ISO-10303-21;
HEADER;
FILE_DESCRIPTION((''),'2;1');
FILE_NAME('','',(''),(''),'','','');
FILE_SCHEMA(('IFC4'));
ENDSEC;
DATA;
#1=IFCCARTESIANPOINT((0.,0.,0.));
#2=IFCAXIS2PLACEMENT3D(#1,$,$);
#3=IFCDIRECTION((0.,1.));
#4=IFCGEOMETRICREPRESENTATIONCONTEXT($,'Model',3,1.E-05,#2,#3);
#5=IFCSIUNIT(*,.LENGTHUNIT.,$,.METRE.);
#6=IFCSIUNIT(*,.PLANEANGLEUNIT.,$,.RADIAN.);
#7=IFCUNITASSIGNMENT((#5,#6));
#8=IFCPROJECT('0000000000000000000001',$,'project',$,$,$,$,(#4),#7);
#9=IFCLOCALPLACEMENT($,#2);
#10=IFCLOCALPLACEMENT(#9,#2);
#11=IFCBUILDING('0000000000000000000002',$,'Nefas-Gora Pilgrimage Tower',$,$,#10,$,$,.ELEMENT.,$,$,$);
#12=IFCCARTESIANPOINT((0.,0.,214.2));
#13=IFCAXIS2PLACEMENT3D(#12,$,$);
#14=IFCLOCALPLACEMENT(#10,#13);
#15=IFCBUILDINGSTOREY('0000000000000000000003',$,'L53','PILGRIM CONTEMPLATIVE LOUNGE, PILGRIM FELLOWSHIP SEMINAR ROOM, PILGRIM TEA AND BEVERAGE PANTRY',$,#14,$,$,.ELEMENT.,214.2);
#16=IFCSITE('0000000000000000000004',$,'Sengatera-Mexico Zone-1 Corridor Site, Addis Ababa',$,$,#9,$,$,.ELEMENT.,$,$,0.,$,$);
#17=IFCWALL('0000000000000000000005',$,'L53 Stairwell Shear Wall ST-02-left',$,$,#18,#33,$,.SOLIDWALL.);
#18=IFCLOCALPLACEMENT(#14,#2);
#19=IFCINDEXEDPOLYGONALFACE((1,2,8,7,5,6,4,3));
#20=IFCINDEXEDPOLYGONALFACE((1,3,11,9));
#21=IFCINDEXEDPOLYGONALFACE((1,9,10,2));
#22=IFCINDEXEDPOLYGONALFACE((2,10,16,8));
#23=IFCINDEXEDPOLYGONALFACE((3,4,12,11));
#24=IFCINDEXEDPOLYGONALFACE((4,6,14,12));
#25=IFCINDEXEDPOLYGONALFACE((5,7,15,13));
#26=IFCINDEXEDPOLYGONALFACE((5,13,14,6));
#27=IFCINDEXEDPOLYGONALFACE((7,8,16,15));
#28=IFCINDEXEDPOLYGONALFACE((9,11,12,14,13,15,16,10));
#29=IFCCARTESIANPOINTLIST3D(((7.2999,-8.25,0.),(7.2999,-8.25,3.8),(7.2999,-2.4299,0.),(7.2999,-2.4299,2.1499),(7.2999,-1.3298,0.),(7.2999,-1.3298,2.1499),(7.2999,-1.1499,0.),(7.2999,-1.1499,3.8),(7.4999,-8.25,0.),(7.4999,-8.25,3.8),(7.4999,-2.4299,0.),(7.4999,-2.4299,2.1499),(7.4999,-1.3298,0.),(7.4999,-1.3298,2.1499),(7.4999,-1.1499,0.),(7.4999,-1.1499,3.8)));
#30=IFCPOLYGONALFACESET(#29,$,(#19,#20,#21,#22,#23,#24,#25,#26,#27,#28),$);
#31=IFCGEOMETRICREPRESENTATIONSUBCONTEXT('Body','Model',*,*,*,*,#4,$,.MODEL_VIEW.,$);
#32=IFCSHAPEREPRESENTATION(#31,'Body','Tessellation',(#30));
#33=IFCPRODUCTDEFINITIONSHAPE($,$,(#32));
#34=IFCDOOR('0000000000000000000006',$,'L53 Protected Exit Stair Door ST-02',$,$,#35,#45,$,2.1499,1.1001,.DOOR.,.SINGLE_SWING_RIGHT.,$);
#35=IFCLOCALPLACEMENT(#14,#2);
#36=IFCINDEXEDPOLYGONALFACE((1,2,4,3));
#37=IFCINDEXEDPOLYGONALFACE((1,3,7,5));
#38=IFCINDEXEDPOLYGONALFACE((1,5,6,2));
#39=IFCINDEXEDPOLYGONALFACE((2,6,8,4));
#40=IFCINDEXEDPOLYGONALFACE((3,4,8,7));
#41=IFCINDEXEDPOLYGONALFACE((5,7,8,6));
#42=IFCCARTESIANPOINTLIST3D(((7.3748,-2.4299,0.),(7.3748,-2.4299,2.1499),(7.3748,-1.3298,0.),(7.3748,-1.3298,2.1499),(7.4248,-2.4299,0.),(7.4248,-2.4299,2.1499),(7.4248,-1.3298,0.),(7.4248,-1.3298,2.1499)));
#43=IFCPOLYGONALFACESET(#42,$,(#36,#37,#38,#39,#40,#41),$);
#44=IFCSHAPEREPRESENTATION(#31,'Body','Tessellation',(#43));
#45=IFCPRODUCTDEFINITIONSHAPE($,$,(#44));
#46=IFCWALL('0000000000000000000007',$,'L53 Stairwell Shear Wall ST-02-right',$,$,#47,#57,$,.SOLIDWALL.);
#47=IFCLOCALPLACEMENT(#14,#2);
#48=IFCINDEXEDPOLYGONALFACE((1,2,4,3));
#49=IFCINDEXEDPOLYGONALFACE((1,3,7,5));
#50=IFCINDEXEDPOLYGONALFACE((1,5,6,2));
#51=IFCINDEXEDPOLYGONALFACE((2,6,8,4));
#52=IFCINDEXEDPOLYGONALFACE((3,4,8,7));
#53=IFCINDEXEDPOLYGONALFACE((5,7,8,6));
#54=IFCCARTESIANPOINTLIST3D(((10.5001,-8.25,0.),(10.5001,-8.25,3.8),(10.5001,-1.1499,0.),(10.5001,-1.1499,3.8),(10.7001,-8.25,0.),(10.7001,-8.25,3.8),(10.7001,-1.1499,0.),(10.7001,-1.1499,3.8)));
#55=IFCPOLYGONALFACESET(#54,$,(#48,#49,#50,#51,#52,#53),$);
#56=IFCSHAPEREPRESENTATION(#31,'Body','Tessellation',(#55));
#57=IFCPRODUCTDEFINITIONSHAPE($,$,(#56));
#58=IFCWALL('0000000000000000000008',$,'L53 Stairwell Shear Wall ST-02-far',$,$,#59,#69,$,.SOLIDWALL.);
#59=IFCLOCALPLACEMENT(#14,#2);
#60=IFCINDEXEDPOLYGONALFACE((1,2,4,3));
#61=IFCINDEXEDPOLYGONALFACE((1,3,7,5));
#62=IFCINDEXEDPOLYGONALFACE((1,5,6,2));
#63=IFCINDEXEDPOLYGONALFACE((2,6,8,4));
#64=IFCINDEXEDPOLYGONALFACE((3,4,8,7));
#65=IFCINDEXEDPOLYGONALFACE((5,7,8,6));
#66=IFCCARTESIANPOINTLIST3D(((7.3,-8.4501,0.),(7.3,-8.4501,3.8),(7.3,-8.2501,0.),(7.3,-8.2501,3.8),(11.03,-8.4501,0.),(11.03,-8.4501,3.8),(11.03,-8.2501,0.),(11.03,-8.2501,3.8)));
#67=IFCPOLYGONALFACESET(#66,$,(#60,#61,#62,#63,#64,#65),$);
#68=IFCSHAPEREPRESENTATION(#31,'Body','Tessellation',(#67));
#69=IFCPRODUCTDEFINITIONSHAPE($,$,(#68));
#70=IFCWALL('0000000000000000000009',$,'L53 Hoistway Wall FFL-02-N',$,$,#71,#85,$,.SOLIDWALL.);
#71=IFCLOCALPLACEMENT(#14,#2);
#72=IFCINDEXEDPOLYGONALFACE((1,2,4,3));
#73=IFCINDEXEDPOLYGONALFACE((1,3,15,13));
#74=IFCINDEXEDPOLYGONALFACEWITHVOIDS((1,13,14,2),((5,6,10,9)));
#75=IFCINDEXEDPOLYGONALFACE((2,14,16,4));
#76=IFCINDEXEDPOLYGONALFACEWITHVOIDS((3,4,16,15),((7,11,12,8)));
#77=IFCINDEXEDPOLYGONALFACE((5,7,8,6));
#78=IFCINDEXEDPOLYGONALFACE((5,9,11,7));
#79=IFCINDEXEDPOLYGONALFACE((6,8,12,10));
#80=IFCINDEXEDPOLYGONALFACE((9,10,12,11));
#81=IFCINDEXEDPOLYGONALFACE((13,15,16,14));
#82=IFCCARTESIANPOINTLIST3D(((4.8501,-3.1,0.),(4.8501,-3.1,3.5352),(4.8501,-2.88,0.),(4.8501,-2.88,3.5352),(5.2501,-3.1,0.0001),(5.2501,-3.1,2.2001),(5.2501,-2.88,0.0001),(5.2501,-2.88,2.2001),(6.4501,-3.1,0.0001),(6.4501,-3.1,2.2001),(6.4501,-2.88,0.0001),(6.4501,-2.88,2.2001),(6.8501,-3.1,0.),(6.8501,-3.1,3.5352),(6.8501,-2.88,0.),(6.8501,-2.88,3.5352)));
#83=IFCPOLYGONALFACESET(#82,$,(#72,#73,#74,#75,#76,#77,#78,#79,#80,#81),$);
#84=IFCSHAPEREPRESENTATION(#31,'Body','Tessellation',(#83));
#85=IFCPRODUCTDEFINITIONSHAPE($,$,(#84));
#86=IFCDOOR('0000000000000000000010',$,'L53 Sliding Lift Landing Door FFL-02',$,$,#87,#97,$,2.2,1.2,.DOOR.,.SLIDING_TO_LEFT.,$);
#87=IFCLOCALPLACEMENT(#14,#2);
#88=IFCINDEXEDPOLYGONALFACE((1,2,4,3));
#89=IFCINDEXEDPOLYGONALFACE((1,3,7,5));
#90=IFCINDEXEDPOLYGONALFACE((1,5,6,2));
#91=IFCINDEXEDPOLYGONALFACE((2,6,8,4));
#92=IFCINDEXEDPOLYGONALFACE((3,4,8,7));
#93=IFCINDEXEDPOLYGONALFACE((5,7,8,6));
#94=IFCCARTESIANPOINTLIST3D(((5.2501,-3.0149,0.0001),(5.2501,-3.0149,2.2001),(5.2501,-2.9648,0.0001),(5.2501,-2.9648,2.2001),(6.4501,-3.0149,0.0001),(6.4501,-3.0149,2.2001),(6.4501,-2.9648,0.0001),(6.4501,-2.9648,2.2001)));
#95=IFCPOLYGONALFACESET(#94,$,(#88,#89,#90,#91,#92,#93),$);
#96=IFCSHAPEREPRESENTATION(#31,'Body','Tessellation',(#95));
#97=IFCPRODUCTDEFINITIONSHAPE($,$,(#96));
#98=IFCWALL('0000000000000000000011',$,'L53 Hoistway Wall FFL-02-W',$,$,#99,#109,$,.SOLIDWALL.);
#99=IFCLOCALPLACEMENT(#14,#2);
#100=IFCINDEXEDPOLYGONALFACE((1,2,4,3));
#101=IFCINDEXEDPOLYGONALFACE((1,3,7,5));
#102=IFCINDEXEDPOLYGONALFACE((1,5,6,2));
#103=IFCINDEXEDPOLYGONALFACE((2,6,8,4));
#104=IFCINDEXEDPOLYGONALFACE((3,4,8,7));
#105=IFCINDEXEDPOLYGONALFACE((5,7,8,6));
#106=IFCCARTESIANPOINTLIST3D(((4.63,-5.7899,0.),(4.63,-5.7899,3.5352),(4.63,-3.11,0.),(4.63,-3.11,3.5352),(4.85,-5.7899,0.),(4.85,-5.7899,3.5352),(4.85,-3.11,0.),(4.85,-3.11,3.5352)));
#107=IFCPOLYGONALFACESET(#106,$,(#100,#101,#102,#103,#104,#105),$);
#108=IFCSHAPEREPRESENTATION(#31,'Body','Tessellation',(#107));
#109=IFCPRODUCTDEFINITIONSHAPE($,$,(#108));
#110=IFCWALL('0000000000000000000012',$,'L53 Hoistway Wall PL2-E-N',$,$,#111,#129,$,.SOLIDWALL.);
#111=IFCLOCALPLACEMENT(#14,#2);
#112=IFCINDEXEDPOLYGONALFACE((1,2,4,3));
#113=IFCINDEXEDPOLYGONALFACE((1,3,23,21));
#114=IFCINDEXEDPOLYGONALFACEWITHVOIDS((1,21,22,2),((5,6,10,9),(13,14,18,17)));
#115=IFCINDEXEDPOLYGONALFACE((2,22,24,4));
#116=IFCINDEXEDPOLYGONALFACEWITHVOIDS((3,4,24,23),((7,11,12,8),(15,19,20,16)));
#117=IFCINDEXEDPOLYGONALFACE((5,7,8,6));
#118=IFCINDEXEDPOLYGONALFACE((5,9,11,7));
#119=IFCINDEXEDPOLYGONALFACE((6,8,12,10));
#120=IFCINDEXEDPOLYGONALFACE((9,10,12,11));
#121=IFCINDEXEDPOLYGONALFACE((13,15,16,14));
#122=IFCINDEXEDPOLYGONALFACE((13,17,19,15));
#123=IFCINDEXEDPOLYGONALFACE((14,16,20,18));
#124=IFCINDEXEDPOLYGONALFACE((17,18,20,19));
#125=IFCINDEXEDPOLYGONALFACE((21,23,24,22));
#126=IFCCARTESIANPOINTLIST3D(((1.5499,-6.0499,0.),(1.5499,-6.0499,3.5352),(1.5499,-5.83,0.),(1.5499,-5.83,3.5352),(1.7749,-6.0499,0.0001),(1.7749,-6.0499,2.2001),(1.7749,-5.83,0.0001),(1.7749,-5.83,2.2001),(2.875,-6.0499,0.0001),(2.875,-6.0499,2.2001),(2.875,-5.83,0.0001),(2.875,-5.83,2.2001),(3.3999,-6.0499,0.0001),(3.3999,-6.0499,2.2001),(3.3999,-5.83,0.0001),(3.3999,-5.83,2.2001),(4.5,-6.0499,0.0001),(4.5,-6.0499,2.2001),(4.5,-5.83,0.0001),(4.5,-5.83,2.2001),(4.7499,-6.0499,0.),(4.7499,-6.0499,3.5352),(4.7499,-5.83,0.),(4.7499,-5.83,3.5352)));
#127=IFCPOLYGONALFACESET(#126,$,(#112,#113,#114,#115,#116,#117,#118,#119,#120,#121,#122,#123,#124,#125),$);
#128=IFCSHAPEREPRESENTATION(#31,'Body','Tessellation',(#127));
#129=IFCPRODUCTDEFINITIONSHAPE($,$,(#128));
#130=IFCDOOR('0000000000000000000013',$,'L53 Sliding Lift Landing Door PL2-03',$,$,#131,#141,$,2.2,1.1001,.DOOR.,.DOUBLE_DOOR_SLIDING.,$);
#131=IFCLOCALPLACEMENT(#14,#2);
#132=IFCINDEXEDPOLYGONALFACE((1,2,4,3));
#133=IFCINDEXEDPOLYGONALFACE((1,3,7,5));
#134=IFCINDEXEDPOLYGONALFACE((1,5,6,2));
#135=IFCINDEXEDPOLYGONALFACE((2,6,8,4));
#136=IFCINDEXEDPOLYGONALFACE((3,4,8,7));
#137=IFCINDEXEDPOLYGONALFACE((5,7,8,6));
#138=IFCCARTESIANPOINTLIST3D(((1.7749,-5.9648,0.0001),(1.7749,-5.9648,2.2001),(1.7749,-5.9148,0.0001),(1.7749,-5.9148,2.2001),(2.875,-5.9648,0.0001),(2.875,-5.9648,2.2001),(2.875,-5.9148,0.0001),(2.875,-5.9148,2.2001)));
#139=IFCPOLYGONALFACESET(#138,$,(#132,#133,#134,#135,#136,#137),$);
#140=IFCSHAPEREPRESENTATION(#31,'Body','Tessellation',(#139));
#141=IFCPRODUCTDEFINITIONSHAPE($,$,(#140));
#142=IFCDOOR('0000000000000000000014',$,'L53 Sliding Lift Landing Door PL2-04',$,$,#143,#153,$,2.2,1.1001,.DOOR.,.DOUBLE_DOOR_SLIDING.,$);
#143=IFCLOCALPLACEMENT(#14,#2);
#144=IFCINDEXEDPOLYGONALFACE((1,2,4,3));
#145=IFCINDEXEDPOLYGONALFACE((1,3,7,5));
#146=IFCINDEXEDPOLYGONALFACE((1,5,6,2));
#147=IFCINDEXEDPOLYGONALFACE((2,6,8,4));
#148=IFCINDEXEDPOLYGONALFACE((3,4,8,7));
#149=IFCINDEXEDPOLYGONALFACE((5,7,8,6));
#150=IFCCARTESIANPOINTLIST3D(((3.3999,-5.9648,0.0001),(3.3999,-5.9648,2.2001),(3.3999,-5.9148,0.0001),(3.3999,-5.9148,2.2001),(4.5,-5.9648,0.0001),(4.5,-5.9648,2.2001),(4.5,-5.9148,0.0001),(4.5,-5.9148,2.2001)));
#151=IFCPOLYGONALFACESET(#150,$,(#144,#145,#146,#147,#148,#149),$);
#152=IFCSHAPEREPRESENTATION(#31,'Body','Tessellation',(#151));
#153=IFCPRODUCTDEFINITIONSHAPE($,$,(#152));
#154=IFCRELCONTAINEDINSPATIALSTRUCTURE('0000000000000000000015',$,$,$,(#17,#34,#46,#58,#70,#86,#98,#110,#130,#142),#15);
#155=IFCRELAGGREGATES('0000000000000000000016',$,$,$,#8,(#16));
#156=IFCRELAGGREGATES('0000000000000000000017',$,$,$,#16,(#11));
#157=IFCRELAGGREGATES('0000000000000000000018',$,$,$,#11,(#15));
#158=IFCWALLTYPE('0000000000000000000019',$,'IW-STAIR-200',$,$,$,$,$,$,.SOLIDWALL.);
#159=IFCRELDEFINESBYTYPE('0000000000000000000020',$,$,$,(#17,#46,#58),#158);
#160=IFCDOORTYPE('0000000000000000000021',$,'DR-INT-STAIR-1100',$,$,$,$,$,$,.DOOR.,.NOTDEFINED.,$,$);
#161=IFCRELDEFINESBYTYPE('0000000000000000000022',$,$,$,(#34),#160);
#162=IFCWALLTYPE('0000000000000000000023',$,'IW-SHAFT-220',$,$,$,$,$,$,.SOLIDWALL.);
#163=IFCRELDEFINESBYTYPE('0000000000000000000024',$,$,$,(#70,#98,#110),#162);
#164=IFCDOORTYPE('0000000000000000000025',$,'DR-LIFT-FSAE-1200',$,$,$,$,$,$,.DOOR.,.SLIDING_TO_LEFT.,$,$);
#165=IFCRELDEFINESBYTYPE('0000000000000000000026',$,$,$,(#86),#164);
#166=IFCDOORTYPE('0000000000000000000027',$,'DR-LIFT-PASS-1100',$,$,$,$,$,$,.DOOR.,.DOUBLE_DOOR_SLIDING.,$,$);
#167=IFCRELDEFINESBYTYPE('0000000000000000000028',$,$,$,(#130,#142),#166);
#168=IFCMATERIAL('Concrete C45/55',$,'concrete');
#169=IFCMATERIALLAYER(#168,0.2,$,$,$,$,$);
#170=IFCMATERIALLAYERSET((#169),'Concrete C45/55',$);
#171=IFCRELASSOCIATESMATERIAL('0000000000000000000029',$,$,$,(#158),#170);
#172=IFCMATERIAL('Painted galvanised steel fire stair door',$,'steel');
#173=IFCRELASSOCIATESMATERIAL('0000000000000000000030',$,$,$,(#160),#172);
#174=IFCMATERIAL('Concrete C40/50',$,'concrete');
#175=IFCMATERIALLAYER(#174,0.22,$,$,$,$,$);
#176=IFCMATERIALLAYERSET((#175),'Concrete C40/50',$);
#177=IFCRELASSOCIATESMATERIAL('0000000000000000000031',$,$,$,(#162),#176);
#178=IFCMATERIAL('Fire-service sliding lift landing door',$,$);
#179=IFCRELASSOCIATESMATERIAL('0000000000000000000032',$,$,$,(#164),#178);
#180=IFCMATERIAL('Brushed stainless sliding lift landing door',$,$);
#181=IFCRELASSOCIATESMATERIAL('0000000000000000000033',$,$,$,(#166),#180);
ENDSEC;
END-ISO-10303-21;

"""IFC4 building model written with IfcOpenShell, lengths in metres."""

from ifc_helpers import new_model, si_unit, direction, frame, frame_2d, origin, place, context, subcontext, project, spatial, rectangle, extrude, source, transform, mapped, material, layer, layer_set, type_object, element, fill, save


model = new_model("IFC4")

# Units and contexts
model_context = context("Model", 3, precision=1e-05, world=origin(), true_north=direction((0.0, 1.0)))
body_context = subcontext(model_context, "Body", "Model", "MODEL_VIEW")
ifc_project = project(units=[si_unit("LENGTHUNIT", "METRE"), si_unit("PLANEANGLEUNIT", "RADIAN")], contexts=[model_context])

# Site, building, storey
site_placement = place(None, origin())
site = spatial("IfcSite", under=ifc_project, at=site_placement, Name="Sengatera-Mexico Zone-1 Corridor Site, Addis Ababa", CompositionType="ELEMENT", RefElevation=0.0)
building_placement = place(site_placement, origin())
building = spatial("IfcBuilding", under=site, at=building_placement, Name="Nefas-Gora Pilgrimage Tower", CompositionType="ELEMENT")
storey_placement = place(building_placement, frame((0.0, 0.0, 214.2)))
storey = spatial("IfcBuildingStorey", under=building, at=storey_placement, Name="L53", Description="PILGRIM CONTEMPLATIVE LOUNGE, PILGRIM FELLOWSHIP SEMINAR ROOM, PILGRIM TEA AND BEVERAGE PANTRY", CompositionType="ELEMENT", Elevation=214.2)

# Shared definitions
ifc_material_1 = material(Name="Concrete C40/50", Category="concrete")

# Shared definitions
ifc_material_2 = material(Name="Concrete C45/55", Category="concrete")

# Shared definitions
ifc_layer_1 = layer(ifc_material_2, 0.2)
ifc_layer_set_1 = layer_set([ifc_layer_1], Name="Concrete C45/55")
wall_type_1 = type_object("IfcWallType", Name="IW-STAIR-200", PredefinedType="SOLIDWALL", material=ifc_layer_set_1)

# Wall, opening, door
shared_shape_1 = source(origin(), body_context, "Body", "SweptSolid", [
    extrude(rectangle(XDim=7.1001, YDim=0.2, at=frame_2d((3.55, 0.0))), origin(), (0.0, 0.0, 1.0), 3.8),
])
wall_1_placement = place(storey_placement, frame((7.3999, -1.1499, 0.0), z_axis=(0.0, 0.0, 1.0), x_axis=(0.0, -1.0, 0.0)))
wall_1 = element("IfcWall", 1, at=wall_1_placement, inside=storey, type_object=wall_type_1, Name="L53 Stairwell Shear Wall ST-02-left", PredefinedType="SOLIDWALL", context=body_context, shape_type="MappedRepresentation", body=[
    mapped(shared_shape_1, transform((0.0, 0.0, 0.0), x_axis=(1.0, 0.0, 0.0), y_axis=(0.0, 1.0, 0.0), z_axis=(0.0, 0.0, 1.0), scale=1.0)),
])
opening_1_placement = place(wall_1_placement, frame((0.1799, 0.0, 0.0)))
opening_1 = element("IfcOpeningElement", 2, at=opening_1_placement, cuts=wall_1, PredefinedType="OPENING", context=body_context, shape_type="SweptSolid", body=[
    extrude(rectangle(XDim=1.1001, YDim=2.1499, at=frame_2d((0.55, 1.075))), frame((0.0, 0.1099, 0.0), z_axis=(0.0, -1.0, 0.0), x_axis=(1.0, 0.0, 0.0)), (0.0, 0.0, 1.0), 0.22),
])
ifc_material_3 = material(Name="Painted galvanised steel fire stair door", Category="steel")
door_type_1 = type_object("IfcDoorType", Name="DR-INT-STAIR-1100", OperationType="NOTDEFINED", PredefinedType="DOOR", material=ifc_material_3)
shared_shape_2 = source(origin(), body_context, "Body", "SweptSolid", [
    extrude(rectangle(XDim=1.1001, YDim=2.1499, at=frame_2d((0.55, 1.075))), frame((0.0, 0.0249, 0.0), z_axis=(0.0, -1.0, 0.0), x_axis=(1.0, 0.0, 0.0)), (0.0, 0.0, 1.0), 0.05),
])
door_1_placement = place(opening_1_placement, origin())
door_1 = element("IfcDoor", 3, at=door_1_placement, inside=storey, type_object=door_type_1, Name="L53 Protected Exit Stair Door ST-02", OperationType="SINGLE_SWING_RIGHT", OverallHeight=2.1499, OverallWidth=1.1001, PredefinedType="DOOR", context=body_context, shape_type="MappedRepresentation", body=[
    mapped(shared_shape_2, transform((0.0, 0.0, 0.0), x_axis=(1.0, 0.0, 0.0), y_axis=(0.0, 1.0, 0.0), z_axis=(0.0, 0.0, 1.0), scale=1.0)),
])
fill(opening_1, door_1)

# Walls
wall_2_placement = place(storey_placement, frame((10.6001, -1.1499, 0.0), z_axis=(0.0, 0.0, 1.0), x_axis=(0.0, -1.0, 0.0)))
element("IfcWall", 4, at=wall_2_placement, inside=storey, type_object=wall_type_1, Name="L53 Stairwell Shear Wall ST-02-right", PredefinedType="SOLIDWALL", context=body_context, shape_type="MappedRepresentation", body=[
    mapped(shared_shape_1, transform((0.0, 0.0, 0.0), x_axis=(1.0, 0.0, 0.0), y_axis=(0.0, 1.0, 0.0), z_axis=(0.0, 0.0, 1.0), scale=1.0)),
])
shared_shape_3 = source(origin(), body_context, "Body", "SweptSolid", [
    extrude(rectangle(XDim=3.73, YDim=0.2, at=frame_2d((1.865, 0.0))), origin(), (0.0, 0.0, 1.0), 3.8),
])
wall_3_placement = place(storey_placement, frame((7.3, -8.3501, 0.0), z_axis=(0.0, 0.0, 1.0), x_axis=(1.0, 0.0, 0.0)))
element("IfcWall", 5, at=wall_3_placement, inside=storey, type_object=wall_type_1, Name="L53 Stairwell Shear Wall ST-02-far", PredefinedType="SOLIDWALL", context=body_context, shape_type="MappedRepresentation", body=[
    mapped(shared_shape_3, transform((0.0, 0.0, 0.0), x_axis=(1.0, 0.0, 0.0), y_axis=(0.0, 1.0, 0.0), z_axis=(0.0, 0.0, 1.0), scale=1.0)),
])

# Wall, opening, door
ifc_layer_2 = layer(ifc_material_1, 0.22)
ifc_layer_set_2 = layer_set([ifc_layer_2], Name="Concrete C40/50")
wall_type_2 = type_object("IfcWallType", Name="IW-SHAFT-220", PredefinedType="SOLIDWALL", material=ifc_layer_set_2)
shared_shape_4 = source(origin(), body_context, "Body", "SweptSolid", [
    extrude(rectangle(XDim=2.0, YDim=0.22, at=frame_2d((1.0, 0.0))), origin(), (0.0, 0.0, 1.0), 3.5352),
])
wall_4_placement = place(storey_placement, frame((6.8501, -2.99, 0.0), z_axis=(0.0, 0.0, 1.0), x_axis=(-1.0, 0.0, 0.0)))
wall_4 = element("IfcWall", 6, at=wall_4_placement, inside=storey, type_object=wall_type_2, Name="L53 Hoistway Wall FFL-02-N", PredefinedType="SOLIDWALL", context=body_context, shape_type="MappedRepresentation", body=[
    mapped(shared_shape_4, transform((0.0, 0.0, 0.0), x_axis=(1.0, 0.0, 0.0), y_axis=(0.0, 1.0, 0.0), z_axis=(0.0, 0.0, 1.0), scale=1.0)),
])
opening_2_placement = place(wall_4_placement, frame((0.3999, 0.0, 0.0)))
opening_2 = element("IfcOpeningElement", 7, at=opening_2_placement, cuts=wall_4, PredefinedType="OPENING", context=body_context, shape_type="SweptSolid", body=[
    extrude(rectangle(XDim=1.2, YDim=2.2, at=frame_2d((0.6001, 1.1001))), frame((0.0, 0.1199, 0.0), z_axis=(0.0, -1.0, 0.0), x_axis=(1.0, 0.0, 0.0)), (0.0, 0.0, 1.0), 0.24),
])
ifc_material_4 = material(Name="Fire-service sliding lift landing door")
door_type_2 = type_object("IfcDoorType", Name="DR-LIFT-FSAE-1200", OperationType="SLIDING_TO_LEFT", PredefinedType="DOOR", material=ifc_material_4)
shared_shape_5 = source(origin(), body_context, "Body", "SweptSolid", [
    extrude(rectangle(XDim=1.2, YDim=2.2, at=frame_2d((0.6001, 1.1001))), frame((0.0, 0.0249, 0.0), z_axis=(0.0, -1.0, 0.0), x_axis=(1.0, 0.0, 0.0)), (0.0, 0.0, 1.0), 0.05),
])
door_2_placement = place(opening_2_placement, origin())
door_2 = element("IfcDoor", 8, at=door_2_placement, inside=storey, type_object=door_type_2, Name="L53 Sliding Lift Landing Door FFL-02", OperationType="SLIDING_TO_LEFT", OverallHeight=2.2, OverallWidth=1.2, PredefinedType="DOOR", context=body_context, shape_type="MappedRepresentation", body=[
    mapped(shared_shape_5, transform((0.0, 0.0, 0.0), x_axis=(1.0, 0.0, 0.0), y_axis=(0.0, 1.0, 0.0), z_axis=(0.0, 0.0, 1.0), scale=1.0)),
])
fill(opening_2, door_2)

# Wall
shared_shape_6 = source(origin(), body_context, "Body", "SweptSolid", [
    extrude(rectangle(XDim=2.6799, YDim=0.22, at=frame_2d((1.3398, 0.0))), origin(), (0.0, 0.0, 1.0), 3.5352),
])
wall_5_placement = place(storey_placement, frame((4.74, -3.1101, 0.0), z_axis=(0.0, 0.0, 1.0), x_axis=(0.0, -1.0, 0.0)))
element("IfcWall", 9, at=wall_5_placement, inside=storey, type_object=wall_type_2, Name="L53 Hoistway Wall FFL-02-W", PredefinedType="SOLIDWALL", context=body_context, shape_type="MappedRepresentation", body=[
    mapped(shared_shape_6, transform((0.0, 0.0, 0.0), x_axis=(1.0, 0.0, 0.0), y_axis=(0.0, 1.0, 0.0), z_axis=(0.0, 0.0, 1.0), scale=1.0)),
])

# Wall, openings, doors
shared_shape_7 = source(origin(), body_context, "Body", "SweptSolid", [
    extrude(rectangle(XDim=3.2, YDim=0.22, at=frame_2d((1.6001, 0.0))), origin(), (0.0, 0.0, 1.0), 3.5352),
])
wall_6_placement = place(storey_placement, frame((4.75, -5.9399, 0.0), z_axis=(0.0, 0.0, 1.0), x_axis=(-1.0, 0.0, 0.0)))
wall_6 = element("IfcWall", 10, at=wall_6_placement, inside=storey, type_object=wall_type_2, Name="L53 Hoistway Wall PL2-E-N", PredefinedType="SOLIDWALL", context=body_context, shape_type="MappedRepresentation", body=[
    mapped(shared_shape_7, transform((0.0, 0.0, 0.0), x_axis=(1.0, 0.0, 0.0), y_axis=(0.0, 1.0, 0.0), z_axis=(0.0, 0.0, 1.0), scale=1.0)),
])
opening_3_placement = place(wall_6_placement, frame((1.875, 0.0, 0.0)))
opening_3 = element("IfcOpeningElement", 11, at=opening_3_placement, cuts=wall_6, PredefinedType="OPENING", context=body_context, shape_type="SweptSolid", body=[
    extrude(rectangle(XDim=1.1001, YDim=2.2, at=frame_2d((0.55, 1.1001))), frame((0.0, 0.1199, 0.0), z_axis=(0.0, -1.0, 0.0), x_axis=(1.0, 0.0, 0.0)), (0.0, 0.0, 1.0), 0.24),
])
opening_4_placement = place(wall_6_placement, frame((0.25, 0.0, 0.0)))
opening_4 = element("IfcOpeningElement", 12, at=opening_4_placement, cuts=wall_6, PredefinedType="OPENING", context=body_context, shape_type="SweptSolid", body=[
    extrude(rectangle(XDim=1.1001, YDim=2.2, at=frame_2d((0.55, 1.1001))), frame((0.0, 0.1199, 0.0), z_axis=(0.0, -1.0, 0.0), x_axis=(1.0, 0.0, 0.0)), (0.0, 0.0, 1.0), 0.24),
])
ifc_material_5 = material(Name="Brushed stainless sliding lift landing door")
door_type_3 = type_object("IfcDoorType", Name="DR-LIFT-PASS-1100", OperationType="DOUBLE_DOOR_SLIDING", PredefinedType="DOOR", material=ifc_material_5)
shared_shape_8 = source(origin(), body_context, "Body", "SweptSolid", [
    extrude(rectangle(XDim=1.1001, YDim=2.2, at=frame_2d((0.55, 1.1001))), frame((0.0, 0.0249, 0.0), z_axis=(0.0, -1.0, 0.0), x_axis=(1.0, 0.0, 0.0)), (0.0, 0.0, 1.0), 0.05),
])
door_3_placement = place(opening_3_placement, origin())
door_3 = element("IfcDoor", 13, at=door_3_placement, inside=storey, type_object=door_type_3, Name="L53 Sliding Lift Landing Door PL2-03", OperationType="DOUBLE_DOOR_SLIDING", OverallHeight=2.2, OverallWidth=1.1001, PredefinedType="DOOR", context=body_context, shape_type="MappedRepresentation", body=[
    mapped(shared_shape_8, transform((0.0, 0.0, 0.0), x_axis=(1.0, 0.0, 0.0), y_axis=(0.0, 1.0, 0.0), z_axis=(0.0, 0.0, 1.0), scale=1.0)),
])
fill(opening_3, door_3)
door_4_placement = place(opening_4_placement, origin())
door_4 = element("IfcDoor", 14, at=door_4_placement, inside=storey, type_object=door_type_3, Name="L53 Sliding Lift Landing Door PL2-04", OperationType="DOUBLE_DOOR_SLIDING", OverallHeight=2.2, OverallWidth=1.1001, PredefinedType="DOOR", context=body_context, shape_type="MappedRepresentation", body=[
    mapped(shared_shape_8, transform((0.0, 0.0, 0.0), x_axis=(1.0, 0.0, 0.0), y_axis=(0.0, 1.0, 0.0), z_axis=(0.0, 0.0, 1.0), scale=1.0)),
])
fill(opening_4, door_4)

save(model, "model.ifc")
